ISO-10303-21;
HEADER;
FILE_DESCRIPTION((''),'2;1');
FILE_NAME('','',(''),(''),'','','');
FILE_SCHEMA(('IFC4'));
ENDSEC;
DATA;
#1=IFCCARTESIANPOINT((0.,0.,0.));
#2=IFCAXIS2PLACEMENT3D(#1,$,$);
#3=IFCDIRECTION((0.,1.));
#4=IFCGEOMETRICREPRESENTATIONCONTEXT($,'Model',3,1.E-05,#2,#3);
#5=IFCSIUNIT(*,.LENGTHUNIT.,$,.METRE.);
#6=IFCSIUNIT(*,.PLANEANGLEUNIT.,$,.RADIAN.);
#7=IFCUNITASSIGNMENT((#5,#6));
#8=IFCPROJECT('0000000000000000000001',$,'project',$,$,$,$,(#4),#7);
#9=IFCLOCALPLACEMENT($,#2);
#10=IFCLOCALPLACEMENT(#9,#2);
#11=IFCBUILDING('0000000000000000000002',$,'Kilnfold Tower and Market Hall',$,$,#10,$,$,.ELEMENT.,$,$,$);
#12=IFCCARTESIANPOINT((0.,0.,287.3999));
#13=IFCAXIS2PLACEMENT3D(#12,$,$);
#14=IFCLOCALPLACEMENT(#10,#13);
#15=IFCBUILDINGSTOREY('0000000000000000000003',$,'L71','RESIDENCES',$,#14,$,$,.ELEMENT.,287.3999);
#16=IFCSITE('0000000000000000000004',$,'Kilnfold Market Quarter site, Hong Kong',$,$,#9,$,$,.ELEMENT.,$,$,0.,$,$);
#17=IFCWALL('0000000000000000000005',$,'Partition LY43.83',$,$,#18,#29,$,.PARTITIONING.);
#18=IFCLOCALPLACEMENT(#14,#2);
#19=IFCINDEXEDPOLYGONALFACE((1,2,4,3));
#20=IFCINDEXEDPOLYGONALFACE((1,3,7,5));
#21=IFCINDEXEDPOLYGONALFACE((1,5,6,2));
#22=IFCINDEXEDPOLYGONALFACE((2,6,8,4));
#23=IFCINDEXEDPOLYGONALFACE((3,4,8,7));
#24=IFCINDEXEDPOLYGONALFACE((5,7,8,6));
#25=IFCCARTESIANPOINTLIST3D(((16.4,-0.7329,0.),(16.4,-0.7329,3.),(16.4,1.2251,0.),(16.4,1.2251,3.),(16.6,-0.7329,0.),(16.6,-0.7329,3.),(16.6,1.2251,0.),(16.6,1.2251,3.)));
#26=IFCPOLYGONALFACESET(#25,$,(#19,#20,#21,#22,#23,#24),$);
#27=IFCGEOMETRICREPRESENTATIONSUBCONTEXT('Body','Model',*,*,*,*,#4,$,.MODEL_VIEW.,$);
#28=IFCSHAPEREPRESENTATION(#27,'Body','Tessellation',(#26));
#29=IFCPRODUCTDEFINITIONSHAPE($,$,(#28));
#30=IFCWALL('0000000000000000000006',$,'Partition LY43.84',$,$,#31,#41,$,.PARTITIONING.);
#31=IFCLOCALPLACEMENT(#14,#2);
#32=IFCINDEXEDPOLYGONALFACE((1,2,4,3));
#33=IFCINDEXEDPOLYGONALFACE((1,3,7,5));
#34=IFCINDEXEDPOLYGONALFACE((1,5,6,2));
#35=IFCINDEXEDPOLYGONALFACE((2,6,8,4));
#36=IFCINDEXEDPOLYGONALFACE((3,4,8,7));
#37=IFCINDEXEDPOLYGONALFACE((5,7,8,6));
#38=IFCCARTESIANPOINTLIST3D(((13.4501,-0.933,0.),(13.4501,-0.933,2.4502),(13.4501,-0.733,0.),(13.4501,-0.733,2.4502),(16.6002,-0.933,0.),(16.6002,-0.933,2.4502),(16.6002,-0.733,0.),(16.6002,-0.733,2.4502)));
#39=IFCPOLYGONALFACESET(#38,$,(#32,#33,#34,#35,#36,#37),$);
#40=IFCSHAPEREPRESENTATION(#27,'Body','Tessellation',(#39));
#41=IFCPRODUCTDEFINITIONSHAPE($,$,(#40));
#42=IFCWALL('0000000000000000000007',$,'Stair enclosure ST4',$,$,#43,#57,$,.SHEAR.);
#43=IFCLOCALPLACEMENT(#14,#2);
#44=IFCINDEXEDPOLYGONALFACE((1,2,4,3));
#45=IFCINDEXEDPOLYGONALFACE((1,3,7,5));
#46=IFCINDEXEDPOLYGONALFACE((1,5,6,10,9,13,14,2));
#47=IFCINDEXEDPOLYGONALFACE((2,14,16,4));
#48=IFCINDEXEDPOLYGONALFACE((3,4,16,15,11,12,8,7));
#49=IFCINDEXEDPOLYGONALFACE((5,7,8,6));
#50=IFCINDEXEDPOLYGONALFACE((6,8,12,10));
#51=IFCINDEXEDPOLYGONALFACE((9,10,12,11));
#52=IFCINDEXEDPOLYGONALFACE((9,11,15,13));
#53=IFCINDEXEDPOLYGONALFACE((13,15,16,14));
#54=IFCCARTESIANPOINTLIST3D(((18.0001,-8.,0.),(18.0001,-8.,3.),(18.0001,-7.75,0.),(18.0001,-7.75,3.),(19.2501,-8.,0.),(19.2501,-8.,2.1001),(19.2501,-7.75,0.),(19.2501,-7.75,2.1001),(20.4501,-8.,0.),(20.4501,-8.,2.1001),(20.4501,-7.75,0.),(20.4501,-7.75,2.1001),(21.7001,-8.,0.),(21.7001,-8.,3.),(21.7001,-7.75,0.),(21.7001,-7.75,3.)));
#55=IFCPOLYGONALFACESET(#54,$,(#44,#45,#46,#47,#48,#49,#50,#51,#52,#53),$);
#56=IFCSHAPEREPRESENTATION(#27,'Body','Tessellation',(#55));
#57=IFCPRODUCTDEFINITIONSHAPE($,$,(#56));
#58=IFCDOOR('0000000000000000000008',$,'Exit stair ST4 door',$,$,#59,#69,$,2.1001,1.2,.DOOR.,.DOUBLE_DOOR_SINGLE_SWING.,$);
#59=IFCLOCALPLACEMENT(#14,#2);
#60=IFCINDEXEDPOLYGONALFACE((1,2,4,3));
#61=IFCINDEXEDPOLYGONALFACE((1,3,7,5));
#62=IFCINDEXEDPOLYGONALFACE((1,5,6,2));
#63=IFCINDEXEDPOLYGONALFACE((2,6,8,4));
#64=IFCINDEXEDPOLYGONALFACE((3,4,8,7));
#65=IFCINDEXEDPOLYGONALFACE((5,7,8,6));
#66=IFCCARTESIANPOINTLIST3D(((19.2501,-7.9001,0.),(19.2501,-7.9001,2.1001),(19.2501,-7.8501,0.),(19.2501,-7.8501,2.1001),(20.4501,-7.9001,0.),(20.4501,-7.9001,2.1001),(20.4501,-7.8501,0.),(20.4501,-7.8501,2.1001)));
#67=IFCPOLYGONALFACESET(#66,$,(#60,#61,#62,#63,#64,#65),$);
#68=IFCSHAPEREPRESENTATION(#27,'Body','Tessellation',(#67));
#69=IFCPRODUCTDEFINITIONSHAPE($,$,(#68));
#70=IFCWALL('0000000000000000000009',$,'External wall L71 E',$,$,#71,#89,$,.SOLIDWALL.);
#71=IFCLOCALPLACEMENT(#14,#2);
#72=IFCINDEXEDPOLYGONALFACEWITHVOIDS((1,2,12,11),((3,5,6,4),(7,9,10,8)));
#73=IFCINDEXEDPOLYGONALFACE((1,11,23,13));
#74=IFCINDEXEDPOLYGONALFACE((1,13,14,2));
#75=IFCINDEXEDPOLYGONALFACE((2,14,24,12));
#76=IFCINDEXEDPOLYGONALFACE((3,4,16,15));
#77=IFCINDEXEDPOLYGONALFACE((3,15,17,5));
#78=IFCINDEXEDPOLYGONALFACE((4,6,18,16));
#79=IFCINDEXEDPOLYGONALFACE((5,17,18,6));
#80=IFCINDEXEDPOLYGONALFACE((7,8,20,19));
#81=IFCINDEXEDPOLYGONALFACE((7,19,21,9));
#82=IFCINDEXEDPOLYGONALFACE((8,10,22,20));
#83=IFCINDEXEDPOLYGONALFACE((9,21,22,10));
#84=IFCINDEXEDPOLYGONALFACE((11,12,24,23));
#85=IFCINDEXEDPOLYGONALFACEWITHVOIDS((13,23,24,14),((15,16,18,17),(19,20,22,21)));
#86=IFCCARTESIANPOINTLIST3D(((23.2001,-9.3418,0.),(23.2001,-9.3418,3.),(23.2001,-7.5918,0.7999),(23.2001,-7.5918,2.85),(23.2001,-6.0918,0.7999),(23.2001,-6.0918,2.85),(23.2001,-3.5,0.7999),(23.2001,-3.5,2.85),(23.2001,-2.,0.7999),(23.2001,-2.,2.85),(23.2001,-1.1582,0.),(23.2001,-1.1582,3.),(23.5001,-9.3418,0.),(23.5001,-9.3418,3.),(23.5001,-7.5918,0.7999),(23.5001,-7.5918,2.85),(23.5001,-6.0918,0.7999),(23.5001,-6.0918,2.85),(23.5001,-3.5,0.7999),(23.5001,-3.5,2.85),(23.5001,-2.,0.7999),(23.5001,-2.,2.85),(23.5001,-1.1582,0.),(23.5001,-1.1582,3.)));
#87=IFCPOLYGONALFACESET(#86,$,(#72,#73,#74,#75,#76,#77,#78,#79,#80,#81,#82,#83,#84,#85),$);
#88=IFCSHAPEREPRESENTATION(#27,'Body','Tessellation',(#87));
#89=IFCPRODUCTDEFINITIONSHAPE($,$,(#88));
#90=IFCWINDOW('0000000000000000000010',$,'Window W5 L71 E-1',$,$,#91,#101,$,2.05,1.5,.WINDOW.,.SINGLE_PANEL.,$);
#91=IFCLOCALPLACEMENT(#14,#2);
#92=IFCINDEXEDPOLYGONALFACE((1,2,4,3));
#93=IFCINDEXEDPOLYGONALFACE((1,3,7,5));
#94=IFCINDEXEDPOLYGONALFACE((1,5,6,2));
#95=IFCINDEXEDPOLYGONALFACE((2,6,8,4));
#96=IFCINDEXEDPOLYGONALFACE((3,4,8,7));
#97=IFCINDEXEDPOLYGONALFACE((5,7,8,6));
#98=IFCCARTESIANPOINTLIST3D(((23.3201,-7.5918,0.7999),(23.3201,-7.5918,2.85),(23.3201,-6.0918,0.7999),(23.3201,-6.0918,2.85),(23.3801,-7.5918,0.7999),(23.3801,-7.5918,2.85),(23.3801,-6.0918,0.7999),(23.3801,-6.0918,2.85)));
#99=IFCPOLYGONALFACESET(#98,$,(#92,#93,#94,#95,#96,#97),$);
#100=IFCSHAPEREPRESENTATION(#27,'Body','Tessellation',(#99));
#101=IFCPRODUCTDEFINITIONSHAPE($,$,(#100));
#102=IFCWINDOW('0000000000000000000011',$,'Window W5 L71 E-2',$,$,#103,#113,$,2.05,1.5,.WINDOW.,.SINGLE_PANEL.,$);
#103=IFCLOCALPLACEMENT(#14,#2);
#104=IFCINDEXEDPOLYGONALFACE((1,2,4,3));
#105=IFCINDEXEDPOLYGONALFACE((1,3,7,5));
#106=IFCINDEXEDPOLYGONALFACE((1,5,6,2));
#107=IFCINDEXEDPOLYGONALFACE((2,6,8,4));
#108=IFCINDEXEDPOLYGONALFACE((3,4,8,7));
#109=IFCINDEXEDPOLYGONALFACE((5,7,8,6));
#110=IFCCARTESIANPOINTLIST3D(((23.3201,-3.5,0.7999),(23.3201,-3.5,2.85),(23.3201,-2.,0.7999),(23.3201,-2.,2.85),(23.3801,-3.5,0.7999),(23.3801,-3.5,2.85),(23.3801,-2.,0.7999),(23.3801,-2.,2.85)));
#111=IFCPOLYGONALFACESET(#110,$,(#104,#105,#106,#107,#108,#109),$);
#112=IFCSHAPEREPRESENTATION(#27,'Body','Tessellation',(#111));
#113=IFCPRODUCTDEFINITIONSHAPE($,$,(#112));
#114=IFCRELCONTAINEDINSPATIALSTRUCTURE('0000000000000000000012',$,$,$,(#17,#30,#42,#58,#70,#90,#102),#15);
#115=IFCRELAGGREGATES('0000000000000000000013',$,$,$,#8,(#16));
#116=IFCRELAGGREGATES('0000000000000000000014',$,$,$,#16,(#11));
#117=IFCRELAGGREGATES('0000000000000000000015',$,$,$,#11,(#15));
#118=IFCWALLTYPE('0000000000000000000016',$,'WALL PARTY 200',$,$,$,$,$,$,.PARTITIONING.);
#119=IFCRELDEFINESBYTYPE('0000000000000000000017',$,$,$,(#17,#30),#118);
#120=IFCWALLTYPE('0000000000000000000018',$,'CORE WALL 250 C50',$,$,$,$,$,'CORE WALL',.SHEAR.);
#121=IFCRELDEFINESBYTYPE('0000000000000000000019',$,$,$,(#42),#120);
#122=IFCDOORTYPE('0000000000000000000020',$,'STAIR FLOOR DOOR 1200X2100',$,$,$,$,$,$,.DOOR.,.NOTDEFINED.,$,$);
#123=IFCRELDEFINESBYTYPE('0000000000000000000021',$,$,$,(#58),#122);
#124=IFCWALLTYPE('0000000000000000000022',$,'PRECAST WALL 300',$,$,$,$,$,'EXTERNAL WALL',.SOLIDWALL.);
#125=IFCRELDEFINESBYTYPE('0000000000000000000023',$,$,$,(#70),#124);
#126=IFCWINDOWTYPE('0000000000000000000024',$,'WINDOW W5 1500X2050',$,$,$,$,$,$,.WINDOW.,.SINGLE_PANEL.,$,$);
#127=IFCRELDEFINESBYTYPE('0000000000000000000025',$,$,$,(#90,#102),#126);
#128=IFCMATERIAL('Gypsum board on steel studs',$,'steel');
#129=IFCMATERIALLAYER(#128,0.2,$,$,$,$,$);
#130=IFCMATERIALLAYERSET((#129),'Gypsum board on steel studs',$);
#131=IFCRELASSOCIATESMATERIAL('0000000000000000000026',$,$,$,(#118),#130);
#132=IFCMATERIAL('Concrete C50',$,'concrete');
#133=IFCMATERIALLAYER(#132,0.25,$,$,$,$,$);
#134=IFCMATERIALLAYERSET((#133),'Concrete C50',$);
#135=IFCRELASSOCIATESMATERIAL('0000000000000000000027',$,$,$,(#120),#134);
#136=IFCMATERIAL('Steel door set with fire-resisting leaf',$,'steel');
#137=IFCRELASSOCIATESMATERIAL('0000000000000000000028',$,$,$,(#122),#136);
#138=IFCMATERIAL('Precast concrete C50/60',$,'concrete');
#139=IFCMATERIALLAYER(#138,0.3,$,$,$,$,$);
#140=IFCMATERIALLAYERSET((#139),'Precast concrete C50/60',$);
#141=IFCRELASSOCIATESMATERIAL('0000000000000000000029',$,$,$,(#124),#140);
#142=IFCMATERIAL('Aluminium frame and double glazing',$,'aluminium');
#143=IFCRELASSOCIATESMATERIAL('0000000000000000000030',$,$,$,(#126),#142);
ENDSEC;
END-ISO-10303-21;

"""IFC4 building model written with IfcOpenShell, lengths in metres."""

from ifc_helpers import new_model, si_unit, direction, frame, frame_2d, origin, place, context, subcontext, project, spatial, rectangle, extrude, source, transform, mapped, material, layer, layer_set, type_object, element, fill, save


model = new_model("IFC4")

# Units and contexts
model_context = context("Model", 3, precision=1e-05, world=origin(), true_north=direction((0.0, 1.0)))
body_context = subcontext(model_context, "Body", "Model", "MODEL_VIEW")
ifc_project = project(units=[si_unit("LENGTHUNIT", "METRE"), si_unit("PLANEANGLEUNIT", "RADIAN")], contexts=[model_context])

# Site, building, storey
site_placement = place(None, origin())
site = spatial("IfcSite", under=ifc_project, at=site_placement, Name="Kilnfold Market Quarter site, Hong Kong", CompositionType="ELEMENT", RefElevation=0.0)
building_placement = place(site_placement, origin())
building = spatial("IfcBuilding", under=site, at=building_placement, Name="Kilnfold Tower and Market Hall", CompositionType="ELEMENT")
storey_placement = place(building_placement, frame((0.0, 0.0, 287.3999)))
storey = spatial("IfcBuildingStorey", under=building, at=storey_placement, Name="L71", Description="RESIDENCES", CompositionType="ELEMENT", Elevation=287.3999)

# Walls
ifc_material_1 = material(Name="Gypsum board on steel studs", Category="steel")
ifc_layer_1 = layer(ifc_material_1, 0.2)
ifc_layer_set_1 = layer_set([ifc_layer_1], Name="Gypsum board on steel studs")
wall_type_1 = type_object("IfcWallType", Name="WALL PARTY 200", PredefinedType="PARTITIONING", material=ifc_layer_set_1)
wall_1_placement = place(storey_placement, frame((16.5, -0.7329, 0.0), z_axis=(0.0, 0.0, 1.0), x_axis=(0.0, 1.0, 0.0)))
element("IfcWall", 1, at=wall_1_placement, inside=storey, type_object=wall_type_1, Name="Partition LY43.83", PredefinedType="PARTITIONING", context=body_context, shape_type="SweptSolid", body=[
    extrude(rectangle(XDim=1.958, YDim=0.2, at=frame_2d((0.979, 0.0))), origin(), (0.0, 0.0, 1.0), 3.0),
])
wall_2_placement = place(storey_placement, frame((13.45, -0.833, 0.0), z_axis=(0.0, 0.0, 1.0), x_axis=(1.0, 0.0, 0.0)))
element("IfcWall", 2, at=wall_2_placement, inside=storey, type_object=wall_type_1, Name="Partition LY43.84", PredefinedType="PARTITIONING", context=body_context, shape_type="SweptSolid", body=[
    extrude(rectangle(XDim=3.1501, YDim=0.2, at=frame_2d((1.5752, 0.0))), origin(), (0.0, 0.0, 1.0), 2.4502),
])

# Wall, opening, door
ifc_material_2 = material(Name="Concrete C50", Category="concrete")
ifc_layer_2 = layer(ifc_material_2, 0.25)
ifc_layer_set_2 = layer_set([ifc_layer_2], Name="Concrete C50")
wall_type_2 = type_object("IfcWallType", Name="CORE WALL 250 C50", ElementType="CORE WALL", PredefinedType="SHEAR", material=ifc_layer_set_2)
shared_shape_1 = source(origin(), body_context, "Body", "SweptSolid", [
    extrude(rectangle(XDim=3.7, YDim=0.25, at=frame_2d((1.8501, 0.0))), origin(), (0.0, 0.0, 1.0), 3.0),
])
wall_3_placement = place(storey_placement, frame((18.0, -7.875, 0.0), z_axis=(0.0, 0.0, 1.0), x_axis=(1.0, 0.0, 0.0)))
wall_3 = element("IfcWall", 3, at=wall_3_placement, inside=storey, type_object=wall_type_2, Name="Stair enclosure ST4", PredefinedType="SHEAR", context=body_context, shape_type="MappedRepresentation", body=[
    mapped(shared_shape_1, transform((0.0, 0.0, 0.0))),
])
opening_1_placement = place(wall_3_placement, frame((1.25, 0.0, 0.0)))
opening_1 = element("IfcOpeningElement", 4, at=opening_1_placement, cuts=wall_3, PredefinedType="OPENING", context=body_context, shape_type="SweptSolid", body=[
    extrude(rectangle(XDim=1.2, YDim=2.1001, at=frame_2d((0.6001, 1.05))), frame((0.0, 0.135, 0.0), z_axis=(0.0, -1.0, 0.0), x_axis=(1.0, 0.0, 0.0)), (0.0, 0.0, 1.0), 0.27),
])
ifc_material_3 = material(Name="Steel door set with fire-resisting leaf", Category="steel")
door_type_1 = type_object("IfcDoorType", Name="STAIR FLOOR DOOR 1200X2100", OperationType="NOTDEFINED", PredefinedType="DOOR", material=ifc_material_3)
door_1_placement = place(opening_1_placement, origin())
door_1 = element("IfcDoor", 5, at=door_1_placement, inside=storey, type_object=door_type_1, Name="Exit stair ST4 door", OperationType="DOUBLE_DOOR_SINGLE_SWING", OverallHeight=2.1001, OverallWidth=1.2, PredefinedType="DOOR", context=body_context, shape_type="SweptSolid", body=[
    extrude(rectangle(XDim=1.2, YDim=2.1001, at=frame_2d((0.6001, 1.05))), frame((0.0, 0.0249, 0.0), z_axis=(0.0, -1.0, 0.0), x_axis=(1.0, 0.0, 0.0)), (0.0, 0.0, 1.0), 0.05),
])
fill(opening_1, door_1)

# Wall, openings, windows
ifc_material_4 = material(Name="Precast concrete C50/60", Category="concrete")
ifc_layer_3 = layer(ifc_material_4, 0.3)
ifc_layer_set_3 = layer_set([ifc_layer_3], Name="Precast concrete C50/60")
wall_type_3 = type_object("IfcWallType", Name="PRECAST WALL 300", ElementType="EXTERNAL WALL", PredefinedType="SOLIDWALL", material=ifc_layer_set_3)
shared_shape_2 = source(origin(), body_context, "Body", "SweptSolid", [
    extrude(rectangle(XDim=8.1836, YDim=0.3, at=frame_2d((4.0918, 0.0))), origin(), (0.0, 0.0, 1.0), 3.0),
])
wall_4_placement = place(storey_placement, frame((23.3501, -9.3418, 0.0), z_axis=(0.0, 0.0, 1.0), x_axis=(0.0, 1.0, 0.0)))
wall_4 = element("IfcWall", 6, at=wall_4_placement, inside=storey, type_object=wall_type_3, Name="External wall L71 E", PredefinedType="SOLIDWALL", context=body_context, shape_type="MappedRepresentation", body=[
    mapped(shared_shape_2, transform((0.0, 0.0, 0.0))),
])
opening_2_placement = place(wall_4_placement, frame((1.75, 0.0, 0.8)))
opening_2 = element("IfcOpeningElement", 7, at=opening_2_placement, cuts=wall_4, PredefinedType="OPENING", context=body_context, shape_type="SweptSolid", body=[
    extrude(rectangle(XDim=1.5, YDim=2.05, at=frame_2d((0.75, 1.0249))), frame((0.0, 0.1602, 0.0), z_axis=(0.0, -1.0, 0.0), x_axis=(1.0, 0.0, 0.0)), (0.0, 0.0, 1.0), 0.3201),
])
opening_3_placement = place(wall_4_placement, frame((5.8418, 0.0, 0.8)))
opening_3 = element("IfcOpeningElement", 8, at=opening_3_placement, cuts=wall_4, PredefinedType="OPENING", context=body_context, shape_type="SweptSolid", body=[
    extrude(rectangle(XDim=1.5, YDim=2.05, at=frame_2d((0.75, 1.0249))), frame((0.0, 0.1602, 0.0), z_axis=(0.0, -1.0, 0.0), x_axis=(1.0, 0.0, 0.0)), (0.0, 0.0, 1.0), 0.3201),
])
ifc_material_5 = material(Name="Aluminium frame and double glazing", Category="aluminium")
window_type = type_object("IfcWindowType", Name="WINDOW W5 1500X2050", PartitioningType="SINGLE_PANEL", PredefinedType="WINDOW", material=ifc_material_5)
window_1_placement = place(opening_2_placement, origin())
window_1 = element("IfcWindow", 9, at=window_1_placement, inside=storey, type_object=window_type, Name="Window W5 L71 E-1", OverallHeight=2.05, OverallWidth=1.5, PartitioningType="SINGLE_PANEL", PredefinedType="WINDOW", context=body_context, shape_type="SweptSolid", body=[
    extrude(rectangle(XDim=1.5, YDim=2.05, at=frame_2d((0.75, 1.0249))), frame((0.0, 0.03, 0.0), z_axis=(0.0, -1.0, 0.0), x_axis=(1.0, 0.0, 0.0)), (0.0, 0.0, 1.0), 0.0601),
])
fill(opening_2, window_1)
window_2_placement = place(opening_3_placement, origin())
window_2 = element("IfcWindow", 10, at=window_2_placement, inside=storey, type_object=window_type, Name="Window W5 L71 E-2", OverallHeight=2.05, OverallWidth=1.5, PartitioningType="SINGLE_PANEL", PredefinedType="WINDOW", context=body_context, shape_type="SweptSolid", body=[
    extrude(rectangle(XDim=1.5, YDim=2.05, at=frame_2d((0.75, 1.0249))), frame((0.0, 0.03, 0.0), z_axis=(0.0, -1.0, 0.0), x_axis=(1.0, 0.0, 0.0)), (0.0, 0.0, 1.0), 0.0601),
])
fill(opening_3, window_2)

save(model, "model.ifc")
